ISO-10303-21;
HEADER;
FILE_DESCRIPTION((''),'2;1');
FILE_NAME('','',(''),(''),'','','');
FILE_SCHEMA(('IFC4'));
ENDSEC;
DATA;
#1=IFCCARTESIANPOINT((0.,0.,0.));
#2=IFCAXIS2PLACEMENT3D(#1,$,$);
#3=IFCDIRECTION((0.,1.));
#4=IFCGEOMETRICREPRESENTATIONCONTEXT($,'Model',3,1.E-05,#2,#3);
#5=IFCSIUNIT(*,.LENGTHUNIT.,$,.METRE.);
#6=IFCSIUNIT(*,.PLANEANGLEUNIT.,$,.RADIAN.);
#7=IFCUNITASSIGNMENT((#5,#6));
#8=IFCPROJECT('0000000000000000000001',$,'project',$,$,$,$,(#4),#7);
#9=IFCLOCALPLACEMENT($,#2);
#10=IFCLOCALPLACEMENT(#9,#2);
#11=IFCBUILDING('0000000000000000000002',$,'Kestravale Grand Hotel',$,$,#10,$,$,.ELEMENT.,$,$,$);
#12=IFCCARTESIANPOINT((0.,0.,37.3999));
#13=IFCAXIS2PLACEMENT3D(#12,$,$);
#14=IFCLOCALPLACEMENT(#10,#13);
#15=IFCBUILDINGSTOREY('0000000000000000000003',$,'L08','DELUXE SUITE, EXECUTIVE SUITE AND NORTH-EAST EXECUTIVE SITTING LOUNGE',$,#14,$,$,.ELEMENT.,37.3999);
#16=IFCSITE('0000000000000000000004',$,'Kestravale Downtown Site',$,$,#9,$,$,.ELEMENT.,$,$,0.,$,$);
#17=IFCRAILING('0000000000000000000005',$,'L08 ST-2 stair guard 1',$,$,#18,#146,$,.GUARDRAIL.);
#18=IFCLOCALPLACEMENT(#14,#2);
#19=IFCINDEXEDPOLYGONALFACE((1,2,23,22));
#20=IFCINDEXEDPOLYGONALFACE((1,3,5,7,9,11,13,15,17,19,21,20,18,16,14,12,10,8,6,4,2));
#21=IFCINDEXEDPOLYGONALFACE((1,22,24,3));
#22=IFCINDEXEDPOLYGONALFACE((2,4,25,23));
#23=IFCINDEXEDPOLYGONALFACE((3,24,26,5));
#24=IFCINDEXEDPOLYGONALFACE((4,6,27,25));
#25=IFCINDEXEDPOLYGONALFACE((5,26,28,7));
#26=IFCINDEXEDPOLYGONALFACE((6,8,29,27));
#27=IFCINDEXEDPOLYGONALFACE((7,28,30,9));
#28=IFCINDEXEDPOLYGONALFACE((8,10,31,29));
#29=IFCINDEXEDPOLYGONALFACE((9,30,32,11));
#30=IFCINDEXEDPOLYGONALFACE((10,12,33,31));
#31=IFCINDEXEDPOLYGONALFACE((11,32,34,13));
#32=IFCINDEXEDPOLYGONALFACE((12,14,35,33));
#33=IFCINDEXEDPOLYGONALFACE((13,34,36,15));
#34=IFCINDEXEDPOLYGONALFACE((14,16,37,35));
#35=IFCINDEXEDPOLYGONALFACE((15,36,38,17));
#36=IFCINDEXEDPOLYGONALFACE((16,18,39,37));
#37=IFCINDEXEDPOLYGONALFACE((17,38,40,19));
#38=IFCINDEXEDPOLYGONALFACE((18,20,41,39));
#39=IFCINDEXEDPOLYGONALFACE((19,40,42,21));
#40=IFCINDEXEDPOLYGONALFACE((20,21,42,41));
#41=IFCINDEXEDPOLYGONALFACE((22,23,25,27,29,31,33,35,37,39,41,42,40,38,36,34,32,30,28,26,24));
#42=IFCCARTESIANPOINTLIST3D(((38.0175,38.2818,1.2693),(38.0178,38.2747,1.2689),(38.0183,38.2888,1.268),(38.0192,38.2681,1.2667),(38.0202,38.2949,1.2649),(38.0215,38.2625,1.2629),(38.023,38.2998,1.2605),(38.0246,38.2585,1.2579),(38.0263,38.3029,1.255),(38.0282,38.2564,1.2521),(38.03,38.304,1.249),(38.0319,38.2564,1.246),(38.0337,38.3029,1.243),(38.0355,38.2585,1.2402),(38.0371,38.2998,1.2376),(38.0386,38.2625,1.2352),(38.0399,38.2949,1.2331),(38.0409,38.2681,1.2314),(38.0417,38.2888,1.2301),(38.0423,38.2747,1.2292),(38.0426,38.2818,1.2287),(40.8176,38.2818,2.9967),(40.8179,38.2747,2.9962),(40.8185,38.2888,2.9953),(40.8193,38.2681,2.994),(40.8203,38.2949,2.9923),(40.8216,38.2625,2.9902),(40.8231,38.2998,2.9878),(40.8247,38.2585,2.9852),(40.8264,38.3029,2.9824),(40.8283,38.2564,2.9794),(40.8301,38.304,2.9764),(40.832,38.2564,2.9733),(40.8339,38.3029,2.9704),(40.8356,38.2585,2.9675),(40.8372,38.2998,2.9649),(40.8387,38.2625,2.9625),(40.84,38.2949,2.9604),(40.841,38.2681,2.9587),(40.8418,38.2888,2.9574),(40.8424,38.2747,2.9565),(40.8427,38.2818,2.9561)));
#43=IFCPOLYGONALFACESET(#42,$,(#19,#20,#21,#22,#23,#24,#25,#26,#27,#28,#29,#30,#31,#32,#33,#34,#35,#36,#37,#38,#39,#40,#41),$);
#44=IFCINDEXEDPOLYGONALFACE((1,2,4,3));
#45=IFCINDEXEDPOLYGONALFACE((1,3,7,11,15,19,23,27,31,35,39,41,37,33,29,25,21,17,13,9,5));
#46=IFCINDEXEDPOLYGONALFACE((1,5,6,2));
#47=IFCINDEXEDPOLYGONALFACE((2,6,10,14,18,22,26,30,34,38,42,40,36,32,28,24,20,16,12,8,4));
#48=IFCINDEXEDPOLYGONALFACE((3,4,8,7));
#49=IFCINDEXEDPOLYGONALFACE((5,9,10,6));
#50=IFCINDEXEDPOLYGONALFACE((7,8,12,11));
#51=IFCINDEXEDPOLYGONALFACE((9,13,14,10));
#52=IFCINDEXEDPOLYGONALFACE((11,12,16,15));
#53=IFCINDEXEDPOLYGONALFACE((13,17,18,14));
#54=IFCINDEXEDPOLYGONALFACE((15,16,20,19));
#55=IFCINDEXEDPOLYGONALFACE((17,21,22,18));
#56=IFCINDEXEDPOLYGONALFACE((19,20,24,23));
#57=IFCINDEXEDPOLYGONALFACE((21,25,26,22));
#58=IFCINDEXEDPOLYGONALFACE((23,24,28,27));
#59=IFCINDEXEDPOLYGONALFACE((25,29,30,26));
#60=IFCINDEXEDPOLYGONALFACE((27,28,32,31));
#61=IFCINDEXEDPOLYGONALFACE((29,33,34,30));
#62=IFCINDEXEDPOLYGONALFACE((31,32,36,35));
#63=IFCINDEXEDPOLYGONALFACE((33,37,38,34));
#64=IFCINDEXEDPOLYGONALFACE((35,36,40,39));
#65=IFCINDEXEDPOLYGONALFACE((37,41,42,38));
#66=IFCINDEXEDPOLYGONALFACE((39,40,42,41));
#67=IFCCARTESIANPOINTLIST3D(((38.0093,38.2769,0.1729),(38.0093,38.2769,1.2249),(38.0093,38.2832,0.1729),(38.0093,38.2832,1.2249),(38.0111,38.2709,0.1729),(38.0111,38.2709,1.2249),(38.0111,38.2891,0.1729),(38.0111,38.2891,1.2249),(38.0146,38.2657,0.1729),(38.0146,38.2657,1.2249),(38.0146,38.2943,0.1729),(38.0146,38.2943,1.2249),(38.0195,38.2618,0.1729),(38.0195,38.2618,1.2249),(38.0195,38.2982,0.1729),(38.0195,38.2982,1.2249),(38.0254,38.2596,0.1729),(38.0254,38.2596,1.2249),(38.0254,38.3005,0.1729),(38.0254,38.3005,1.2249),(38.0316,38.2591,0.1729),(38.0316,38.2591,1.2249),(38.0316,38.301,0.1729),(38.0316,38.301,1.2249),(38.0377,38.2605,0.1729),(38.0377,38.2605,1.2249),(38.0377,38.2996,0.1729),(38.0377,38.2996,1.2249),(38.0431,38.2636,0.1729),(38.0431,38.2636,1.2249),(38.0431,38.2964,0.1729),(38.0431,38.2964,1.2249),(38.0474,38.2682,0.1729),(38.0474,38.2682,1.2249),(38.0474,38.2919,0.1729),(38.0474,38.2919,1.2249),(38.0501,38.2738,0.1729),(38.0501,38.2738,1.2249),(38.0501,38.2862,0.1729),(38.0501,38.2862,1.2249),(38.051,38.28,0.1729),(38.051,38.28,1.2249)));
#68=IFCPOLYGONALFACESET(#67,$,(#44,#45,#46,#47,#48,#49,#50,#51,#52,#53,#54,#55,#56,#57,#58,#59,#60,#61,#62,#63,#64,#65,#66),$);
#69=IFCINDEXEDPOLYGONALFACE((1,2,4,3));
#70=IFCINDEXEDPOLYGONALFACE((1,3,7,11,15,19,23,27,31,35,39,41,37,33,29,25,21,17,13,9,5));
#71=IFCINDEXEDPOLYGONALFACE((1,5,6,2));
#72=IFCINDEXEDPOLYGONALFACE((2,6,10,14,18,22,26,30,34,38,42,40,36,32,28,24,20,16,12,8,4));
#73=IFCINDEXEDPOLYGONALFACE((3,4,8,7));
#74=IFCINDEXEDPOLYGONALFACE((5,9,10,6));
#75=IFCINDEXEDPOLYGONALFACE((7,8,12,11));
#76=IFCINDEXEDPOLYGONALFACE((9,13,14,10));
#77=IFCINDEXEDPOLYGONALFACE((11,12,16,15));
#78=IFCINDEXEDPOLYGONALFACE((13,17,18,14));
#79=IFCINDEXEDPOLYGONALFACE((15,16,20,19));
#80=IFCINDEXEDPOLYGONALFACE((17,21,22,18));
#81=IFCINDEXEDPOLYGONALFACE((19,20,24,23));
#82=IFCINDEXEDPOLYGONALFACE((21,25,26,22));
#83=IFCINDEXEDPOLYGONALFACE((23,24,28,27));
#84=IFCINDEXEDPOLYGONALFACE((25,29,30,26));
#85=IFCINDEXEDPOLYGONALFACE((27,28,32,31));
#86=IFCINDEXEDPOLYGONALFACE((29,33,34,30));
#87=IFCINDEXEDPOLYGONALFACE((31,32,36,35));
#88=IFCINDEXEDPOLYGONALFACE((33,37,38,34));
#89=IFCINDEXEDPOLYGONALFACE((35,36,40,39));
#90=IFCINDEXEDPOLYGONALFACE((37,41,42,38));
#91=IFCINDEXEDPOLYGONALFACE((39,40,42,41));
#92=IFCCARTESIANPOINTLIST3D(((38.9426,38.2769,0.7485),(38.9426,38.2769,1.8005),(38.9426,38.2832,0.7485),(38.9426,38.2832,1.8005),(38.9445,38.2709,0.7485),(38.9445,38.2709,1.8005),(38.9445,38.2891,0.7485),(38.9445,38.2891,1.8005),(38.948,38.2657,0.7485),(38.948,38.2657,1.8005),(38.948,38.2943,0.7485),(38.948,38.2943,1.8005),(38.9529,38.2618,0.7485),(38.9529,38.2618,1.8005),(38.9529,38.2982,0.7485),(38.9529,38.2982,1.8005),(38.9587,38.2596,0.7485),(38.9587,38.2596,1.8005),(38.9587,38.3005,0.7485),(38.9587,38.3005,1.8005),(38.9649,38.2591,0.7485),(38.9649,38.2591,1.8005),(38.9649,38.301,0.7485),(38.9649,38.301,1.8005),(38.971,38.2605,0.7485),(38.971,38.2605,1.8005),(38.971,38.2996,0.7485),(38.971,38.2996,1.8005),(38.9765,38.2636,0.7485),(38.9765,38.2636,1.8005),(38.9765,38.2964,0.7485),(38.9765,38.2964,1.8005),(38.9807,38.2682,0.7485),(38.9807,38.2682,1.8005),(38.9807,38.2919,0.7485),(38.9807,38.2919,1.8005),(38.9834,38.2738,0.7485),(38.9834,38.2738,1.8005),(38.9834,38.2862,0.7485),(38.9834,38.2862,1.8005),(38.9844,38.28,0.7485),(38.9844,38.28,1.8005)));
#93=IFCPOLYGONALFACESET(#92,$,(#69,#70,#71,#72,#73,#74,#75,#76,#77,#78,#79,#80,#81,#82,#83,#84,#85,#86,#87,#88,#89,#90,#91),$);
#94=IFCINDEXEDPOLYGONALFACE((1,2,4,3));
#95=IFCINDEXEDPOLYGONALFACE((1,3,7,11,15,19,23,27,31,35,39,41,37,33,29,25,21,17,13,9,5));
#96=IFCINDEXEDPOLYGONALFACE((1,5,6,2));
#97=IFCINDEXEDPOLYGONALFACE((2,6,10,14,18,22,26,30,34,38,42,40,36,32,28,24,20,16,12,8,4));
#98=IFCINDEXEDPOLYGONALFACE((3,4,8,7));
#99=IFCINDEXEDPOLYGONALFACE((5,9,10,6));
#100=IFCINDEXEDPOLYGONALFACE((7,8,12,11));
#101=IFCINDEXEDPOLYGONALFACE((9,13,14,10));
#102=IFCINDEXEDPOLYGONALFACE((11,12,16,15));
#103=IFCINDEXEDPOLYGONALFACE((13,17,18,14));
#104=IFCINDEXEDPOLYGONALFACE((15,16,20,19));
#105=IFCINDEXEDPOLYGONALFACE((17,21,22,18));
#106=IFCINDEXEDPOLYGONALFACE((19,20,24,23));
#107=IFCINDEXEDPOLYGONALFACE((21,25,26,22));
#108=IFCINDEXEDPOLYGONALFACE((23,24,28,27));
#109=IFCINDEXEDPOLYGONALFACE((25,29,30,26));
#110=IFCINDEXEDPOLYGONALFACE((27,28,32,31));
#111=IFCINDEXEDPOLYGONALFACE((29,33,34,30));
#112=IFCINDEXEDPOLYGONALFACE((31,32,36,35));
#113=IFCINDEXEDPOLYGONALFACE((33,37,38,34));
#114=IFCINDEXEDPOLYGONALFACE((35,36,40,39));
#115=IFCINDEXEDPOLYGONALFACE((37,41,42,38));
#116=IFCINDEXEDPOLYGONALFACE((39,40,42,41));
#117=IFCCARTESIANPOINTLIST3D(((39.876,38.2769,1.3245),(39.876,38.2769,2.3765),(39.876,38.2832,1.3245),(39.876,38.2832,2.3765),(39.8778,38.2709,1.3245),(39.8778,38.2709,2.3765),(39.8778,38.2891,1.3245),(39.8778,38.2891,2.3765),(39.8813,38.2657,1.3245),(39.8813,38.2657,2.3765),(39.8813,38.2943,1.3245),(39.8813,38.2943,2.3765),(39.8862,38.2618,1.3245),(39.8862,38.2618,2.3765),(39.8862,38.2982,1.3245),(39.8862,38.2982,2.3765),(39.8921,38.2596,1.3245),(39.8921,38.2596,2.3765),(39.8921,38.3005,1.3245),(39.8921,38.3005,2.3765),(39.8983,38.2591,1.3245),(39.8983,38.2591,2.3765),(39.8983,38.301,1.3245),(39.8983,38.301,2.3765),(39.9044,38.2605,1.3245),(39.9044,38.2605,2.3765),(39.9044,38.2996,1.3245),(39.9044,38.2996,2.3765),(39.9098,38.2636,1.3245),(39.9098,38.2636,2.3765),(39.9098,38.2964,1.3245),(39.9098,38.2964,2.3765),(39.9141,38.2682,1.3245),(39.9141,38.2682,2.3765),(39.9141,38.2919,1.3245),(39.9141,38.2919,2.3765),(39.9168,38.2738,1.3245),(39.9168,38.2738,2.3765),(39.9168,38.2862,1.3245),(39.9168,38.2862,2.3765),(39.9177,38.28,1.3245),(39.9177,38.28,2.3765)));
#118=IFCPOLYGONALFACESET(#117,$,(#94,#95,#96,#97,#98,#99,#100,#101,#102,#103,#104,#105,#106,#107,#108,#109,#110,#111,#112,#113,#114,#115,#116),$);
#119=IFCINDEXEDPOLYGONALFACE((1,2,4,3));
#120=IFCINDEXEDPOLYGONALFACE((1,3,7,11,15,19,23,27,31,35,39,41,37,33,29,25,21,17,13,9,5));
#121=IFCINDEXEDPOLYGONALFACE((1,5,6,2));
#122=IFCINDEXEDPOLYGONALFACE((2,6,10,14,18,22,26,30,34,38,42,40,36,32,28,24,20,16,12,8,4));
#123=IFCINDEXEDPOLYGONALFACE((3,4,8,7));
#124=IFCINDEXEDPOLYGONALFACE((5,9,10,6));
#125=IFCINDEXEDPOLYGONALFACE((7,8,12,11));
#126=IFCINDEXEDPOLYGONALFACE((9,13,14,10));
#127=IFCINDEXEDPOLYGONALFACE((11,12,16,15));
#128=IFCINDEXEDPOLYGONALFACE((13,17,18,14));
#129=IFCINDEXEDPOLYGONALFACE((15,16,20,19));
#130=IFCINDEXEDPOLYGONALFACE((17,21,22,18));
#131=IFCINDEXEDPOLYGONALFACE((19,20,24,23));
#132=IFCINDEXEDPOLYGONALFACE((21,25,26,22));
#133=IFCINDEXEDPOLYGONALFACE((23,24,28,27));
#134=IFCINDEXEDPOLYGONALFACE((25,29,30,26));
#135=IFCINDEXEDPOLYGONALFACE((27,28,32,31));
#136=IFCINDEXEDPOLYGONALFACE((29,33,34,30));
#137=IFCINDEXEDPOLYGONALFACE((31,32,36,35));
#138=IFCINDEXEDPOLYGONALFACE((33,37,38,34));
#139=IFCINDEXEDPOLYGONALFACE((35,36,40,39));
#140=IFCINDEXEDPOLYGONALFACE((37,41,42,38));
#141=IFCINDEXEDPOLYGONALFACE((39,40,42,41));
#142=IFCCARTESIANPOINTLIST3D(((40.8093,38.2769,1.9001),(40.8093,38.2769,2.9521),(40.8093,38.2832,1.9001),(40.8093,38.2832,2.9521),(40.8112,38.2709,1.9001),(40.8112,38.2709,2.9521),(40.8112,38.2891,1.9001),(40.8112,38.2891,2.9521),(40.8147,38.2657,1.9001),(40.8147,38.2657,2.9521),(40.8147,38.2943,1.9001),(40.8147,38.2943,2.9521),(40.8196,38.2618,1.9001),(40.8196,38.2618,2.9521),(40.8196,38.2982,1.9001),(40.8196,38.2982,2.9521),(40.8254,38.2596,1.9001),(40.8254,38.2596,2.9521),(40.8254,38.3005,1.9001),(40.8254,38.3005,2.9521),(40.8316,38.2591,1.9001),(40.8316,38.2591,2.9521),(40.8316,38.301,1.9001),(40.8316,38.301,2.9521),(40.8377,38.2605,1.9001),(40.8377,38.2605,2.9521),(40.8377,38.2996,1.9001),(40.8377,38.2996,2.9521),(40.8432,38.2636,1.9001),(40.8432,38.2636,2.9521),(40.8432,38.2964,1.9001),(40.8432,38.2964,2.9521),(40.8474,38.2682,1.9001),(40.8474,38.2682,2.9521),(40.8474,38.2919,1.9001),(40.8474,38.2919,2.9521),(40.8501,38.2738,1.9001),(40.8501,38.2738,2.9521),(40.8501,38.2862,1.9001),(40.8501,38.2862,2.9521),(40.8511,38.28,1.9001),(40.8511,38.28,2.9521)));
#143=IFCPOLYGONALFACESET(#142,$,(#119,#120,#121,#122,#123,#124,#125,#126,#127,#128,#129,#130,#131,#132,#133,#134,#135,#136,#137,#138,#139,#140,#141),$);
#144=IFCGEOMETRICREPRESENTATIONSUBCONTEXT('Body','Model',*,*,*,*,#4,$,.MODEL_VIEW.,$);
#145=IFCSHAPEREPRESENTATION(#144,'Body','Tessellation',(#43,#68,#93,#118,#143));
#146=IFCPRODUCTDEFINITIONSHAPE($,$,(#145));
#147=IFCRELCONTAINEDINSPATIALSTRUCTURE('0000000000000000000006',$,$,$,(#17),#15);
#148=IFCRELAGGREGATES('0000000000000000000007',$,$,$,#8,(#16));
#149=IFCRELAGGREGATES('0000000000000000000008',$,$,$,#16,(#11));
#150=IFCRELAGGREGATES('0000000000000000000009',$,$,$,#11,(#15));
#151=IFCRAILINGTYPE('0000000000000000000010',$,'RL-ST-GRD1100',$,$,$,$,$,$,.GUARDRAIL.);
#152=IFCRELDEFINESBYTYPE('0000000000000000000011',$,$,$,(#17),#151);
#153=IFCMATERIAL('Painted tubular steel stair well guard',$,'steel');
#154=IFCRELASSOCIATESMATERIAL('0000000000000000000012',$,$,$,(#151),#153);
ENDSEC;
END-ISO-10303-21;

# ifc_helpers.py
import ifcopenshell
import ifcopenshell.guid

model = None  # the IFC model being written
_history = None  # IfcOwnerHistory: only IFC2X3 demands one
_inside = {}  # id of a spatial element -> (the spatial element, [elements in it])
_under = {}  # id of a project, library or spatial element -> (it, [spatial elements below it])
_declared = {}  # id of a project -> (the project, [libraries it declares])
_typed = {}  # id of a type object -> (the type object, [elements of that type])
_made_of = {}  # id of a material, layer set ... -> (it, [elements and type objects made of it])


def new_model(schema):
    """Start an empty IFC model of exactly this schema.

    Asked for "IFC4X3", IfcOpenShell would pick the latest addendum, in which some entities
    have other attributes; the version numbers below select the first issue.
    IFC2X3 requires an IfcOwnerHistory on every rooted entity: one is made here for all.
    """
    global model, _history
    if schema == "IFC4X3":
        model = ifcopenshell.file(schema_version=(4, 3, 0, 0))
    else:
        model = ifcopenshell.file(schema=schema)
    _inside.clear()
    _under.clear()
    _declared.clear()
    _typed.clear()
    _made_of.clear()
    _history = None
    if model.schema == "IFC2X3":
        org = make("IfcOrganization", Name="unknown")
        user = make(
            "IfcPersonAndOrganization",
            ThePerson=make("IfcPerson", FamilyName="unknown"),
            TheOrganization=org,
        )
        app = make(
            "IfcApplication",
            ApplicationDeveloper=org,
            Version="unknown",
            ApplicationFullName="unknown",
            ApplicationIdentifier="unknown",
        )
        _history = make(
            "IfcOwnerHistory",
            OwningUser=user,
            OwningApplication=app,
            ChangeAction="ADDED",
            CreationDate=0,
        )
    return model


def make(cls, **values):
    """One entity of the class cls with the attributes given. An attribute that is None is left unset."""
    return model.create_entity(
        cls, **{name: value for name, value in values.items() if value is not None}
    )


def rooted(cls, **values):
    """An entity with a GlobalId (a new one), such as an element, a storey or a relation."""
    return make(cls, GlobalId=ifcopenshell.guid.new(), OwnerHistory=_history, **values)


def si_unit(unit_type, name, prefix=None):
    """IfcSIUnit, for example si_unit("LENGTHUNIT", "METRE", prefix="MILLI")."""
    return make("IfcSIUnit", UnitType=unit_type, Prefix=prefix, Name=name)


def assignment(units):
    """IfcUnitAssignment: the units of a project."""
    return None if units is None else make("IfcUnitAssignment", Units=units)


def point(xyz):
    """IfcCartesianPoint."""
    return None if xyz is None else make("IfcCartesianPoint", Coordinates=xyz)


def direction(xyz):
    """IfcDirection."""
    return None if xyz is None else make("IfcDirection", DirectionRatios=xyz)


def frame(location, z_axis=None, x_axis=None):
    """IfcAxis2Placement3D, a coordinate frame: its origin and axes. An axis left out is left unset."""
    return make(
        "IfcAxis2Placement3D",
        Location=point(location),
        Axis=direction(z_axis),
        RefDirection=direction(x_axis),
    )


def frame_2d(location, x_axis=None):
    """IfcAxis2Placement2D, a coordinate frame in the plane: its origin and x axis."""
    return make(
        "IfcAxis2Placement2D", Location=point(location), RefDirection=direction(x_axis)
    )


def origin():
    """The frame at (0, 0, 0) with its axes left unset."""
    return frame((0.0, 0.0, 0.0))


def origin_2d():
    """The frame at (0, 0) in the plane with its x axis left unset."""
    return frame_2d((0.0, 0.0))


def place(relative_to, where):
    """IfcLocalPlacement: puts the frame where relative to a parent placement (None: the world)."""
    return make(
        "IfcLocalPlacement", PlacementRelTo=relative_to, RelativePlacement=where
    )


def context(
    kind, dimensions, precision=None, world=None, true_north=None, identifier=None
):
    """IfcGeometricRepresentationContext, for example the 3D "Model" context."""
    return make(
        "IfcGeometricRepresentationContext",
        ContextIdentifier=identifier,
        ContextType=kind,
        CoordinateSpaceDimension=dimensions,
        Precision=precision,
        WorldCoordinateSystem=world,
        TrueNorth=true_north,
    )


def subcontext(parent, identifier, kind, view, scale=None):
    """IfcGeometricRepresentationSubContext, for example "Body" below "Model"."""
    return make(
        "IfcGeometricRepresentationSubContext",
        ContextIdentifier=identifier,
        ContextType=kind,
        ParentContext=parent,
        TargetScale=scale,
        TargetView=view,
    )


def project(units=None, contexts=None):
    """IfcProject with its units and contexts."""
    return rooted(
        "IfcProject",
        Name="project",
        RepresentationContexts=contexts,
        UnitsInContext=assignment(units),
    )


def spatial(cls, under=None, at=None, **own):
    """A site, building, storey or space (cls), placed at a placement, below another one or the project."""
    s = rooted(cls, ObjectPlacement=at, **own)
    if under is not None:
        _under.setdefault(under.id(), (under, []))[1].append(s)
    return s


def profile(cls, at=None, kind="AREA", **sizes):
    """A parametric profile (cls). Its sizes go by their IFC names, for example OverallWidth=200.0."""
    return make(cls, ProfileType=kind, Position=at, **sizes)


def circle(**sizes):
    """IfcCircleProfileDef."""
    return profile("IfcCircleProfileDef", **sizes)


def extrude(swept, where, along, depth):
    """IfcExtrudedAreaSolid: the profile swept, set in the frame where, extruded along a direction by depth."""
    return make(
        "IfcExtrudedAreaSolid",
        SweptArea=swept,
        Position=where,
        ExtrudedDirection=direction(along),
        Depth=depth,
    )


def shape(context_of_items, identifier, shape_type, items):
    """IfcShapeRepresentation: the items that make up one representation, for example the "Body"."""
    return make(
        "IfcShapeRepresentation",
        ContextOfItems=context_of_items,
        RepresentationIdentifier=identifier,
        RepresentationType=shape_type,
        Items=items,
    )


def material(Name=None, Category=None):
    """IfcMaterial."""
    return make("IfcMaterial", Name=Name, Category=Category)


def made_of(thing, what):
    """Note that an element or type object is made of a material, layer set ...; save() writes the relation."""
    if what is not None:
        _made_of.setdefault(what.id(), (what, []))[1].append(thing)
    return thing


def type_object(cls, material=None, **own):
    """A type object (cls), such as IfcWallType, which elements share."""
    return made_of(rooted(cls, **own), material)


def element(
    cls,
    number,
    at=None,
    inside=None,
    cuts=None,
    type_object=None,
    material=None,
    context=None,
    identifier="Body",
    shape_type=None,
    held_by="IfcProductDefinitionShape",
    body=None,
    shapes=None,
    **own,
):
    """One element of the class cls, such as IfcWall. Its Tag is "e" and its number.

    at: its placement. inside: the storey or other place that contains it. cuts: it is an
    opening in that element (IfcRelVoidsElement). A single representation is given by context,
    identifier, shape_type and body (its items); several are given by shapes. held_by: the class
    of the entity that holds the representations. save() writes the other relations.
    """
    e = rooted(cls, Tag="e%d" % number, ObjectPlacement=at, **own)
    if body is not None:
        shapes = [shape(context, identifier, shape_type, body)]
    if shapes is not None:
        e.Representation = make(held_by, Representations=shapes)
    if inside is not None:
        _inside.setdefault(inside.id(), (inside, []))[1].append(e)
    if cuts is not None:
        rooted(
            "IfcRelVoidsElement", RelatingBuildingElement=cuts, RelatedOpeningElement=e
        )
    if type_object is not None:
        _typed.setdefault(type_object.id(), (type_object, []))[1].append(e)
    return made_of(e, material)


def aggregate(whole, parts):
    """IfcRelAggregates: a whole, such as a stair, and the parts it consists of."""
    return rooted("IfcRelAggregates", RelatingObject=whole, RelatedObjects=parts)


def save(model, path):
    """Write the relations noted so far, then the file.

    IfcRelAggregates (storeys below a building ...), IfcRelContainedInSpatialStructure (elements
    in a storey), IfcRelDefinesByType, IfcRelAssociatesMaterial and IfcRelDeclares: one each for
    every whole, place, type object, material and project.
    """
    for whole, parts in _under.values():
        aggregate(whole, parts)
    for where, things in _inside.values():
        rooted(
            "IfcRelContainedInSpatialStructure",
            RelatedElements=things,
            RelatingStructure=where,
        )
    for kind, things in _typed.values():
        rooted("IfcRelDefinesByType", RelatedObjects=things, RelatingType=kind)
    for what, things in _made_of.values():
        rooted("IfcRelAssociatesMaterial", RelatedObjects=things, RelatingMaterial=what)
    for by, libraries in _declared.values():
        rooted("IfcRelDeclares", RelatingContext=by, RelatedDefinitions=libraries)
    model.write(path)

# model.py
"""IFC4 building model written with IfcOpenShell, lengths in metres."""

from ifc_helpers import new_model, si_unit, direction, frame, origin, origin_2d, place, context, subcontext, project, spatial, circle, extrude, material, type_object, element, save


model = new_model("IFC4")

# Units and contexts
model_context = context("Model", 3, precision=1e-05, world=origin(), true_north=direction((0.0, 1.0)))
body_context = subcontext(model_context, "Body", "Model", "MODEL_VIEW")
ifc_project = project(units=[si_unit("LENGTHUNIT", "METRE"), si_unit("PLANEANGLEUNIT", "RADIAN")], contexts=[model_context])

# Site, building, storey
site_placement = place(None, origin())
site = spatial("IfcSite", under=ifc_project, at=site_placement, Name="Kestravale Downtown Site", CompositionType="ELEMENT", RefElevation=0.0)
building_placement = place(site_placement, origin())
building = spatial("IfcBuilding", under=site, at=building_placement, Name="Kestravale Grand Hotel", CompositionType="ELEMENT")
storey_placement = place(building_placement, frame((0.0, 0.0, 37.3999)))
storey = spatial("IfcBuildingStorey", under=building, at=storey_placement, Name="L08", Description="DELUXE SUITE, EXECUTIVE SUITE AND NORTH-EAST EXECUTIVE SITTING LOUNGE", CompositionType="ELEMENT", Elevation=37.3999)

# Railing
ifc_material_1 = material(Name="Painted tubular steel stair well guard", Category="steel")
railing_type_1 = type_object("IfcRailingType", Name="RL-ST-GRD1100", PredefinedType="GUARDRAIL", material=ifc_material_1)
railing_1_placement = place(storey_placement, frame((38.03, 38.28, 0.1729)))
element("IfcRailing", 1, at=railing_1_placement, inside=storey, type_object=railing_type_1, Name="L08 ST-2 stair guard 1", PredefinedType="GUARDRAIL", context=body_context, shape_type="SweptSolid", body=[
    extrude(circle(Radius=0.0239, at=origin_2d()), frame((0.0, 0.0, 1.0762), z_axis=(0.85109, 0.0, 0.52502), x_axis=(0.0, 1.0, 0.0)), (0.0, 0.0, 1.0), 3.29),
    extrude(circle(Radius=0.021, at=origin_2d()), origin(), (0.0, 0.0, 1.0), 1.052),
    extrude(circle(Radius=0.021, at=origin_2d()), frame((0.9333, 0.0, 0.5757)), (0.0, 0.0, 1.0), 1.052),
    extrude(circle(Radius=0.021, at=origin_2d()), frame((1.8667, 0.0, 1.1516)), (0.0, 0.0, 1.0), 1.052),
    extrude(circle(Radius=0.021, at=origin_2d()), frame((2.8, 0.0, 1.7273)), (0.0, 0.0, 1.0), 1.052),
])

save(model, "model.ifc")
